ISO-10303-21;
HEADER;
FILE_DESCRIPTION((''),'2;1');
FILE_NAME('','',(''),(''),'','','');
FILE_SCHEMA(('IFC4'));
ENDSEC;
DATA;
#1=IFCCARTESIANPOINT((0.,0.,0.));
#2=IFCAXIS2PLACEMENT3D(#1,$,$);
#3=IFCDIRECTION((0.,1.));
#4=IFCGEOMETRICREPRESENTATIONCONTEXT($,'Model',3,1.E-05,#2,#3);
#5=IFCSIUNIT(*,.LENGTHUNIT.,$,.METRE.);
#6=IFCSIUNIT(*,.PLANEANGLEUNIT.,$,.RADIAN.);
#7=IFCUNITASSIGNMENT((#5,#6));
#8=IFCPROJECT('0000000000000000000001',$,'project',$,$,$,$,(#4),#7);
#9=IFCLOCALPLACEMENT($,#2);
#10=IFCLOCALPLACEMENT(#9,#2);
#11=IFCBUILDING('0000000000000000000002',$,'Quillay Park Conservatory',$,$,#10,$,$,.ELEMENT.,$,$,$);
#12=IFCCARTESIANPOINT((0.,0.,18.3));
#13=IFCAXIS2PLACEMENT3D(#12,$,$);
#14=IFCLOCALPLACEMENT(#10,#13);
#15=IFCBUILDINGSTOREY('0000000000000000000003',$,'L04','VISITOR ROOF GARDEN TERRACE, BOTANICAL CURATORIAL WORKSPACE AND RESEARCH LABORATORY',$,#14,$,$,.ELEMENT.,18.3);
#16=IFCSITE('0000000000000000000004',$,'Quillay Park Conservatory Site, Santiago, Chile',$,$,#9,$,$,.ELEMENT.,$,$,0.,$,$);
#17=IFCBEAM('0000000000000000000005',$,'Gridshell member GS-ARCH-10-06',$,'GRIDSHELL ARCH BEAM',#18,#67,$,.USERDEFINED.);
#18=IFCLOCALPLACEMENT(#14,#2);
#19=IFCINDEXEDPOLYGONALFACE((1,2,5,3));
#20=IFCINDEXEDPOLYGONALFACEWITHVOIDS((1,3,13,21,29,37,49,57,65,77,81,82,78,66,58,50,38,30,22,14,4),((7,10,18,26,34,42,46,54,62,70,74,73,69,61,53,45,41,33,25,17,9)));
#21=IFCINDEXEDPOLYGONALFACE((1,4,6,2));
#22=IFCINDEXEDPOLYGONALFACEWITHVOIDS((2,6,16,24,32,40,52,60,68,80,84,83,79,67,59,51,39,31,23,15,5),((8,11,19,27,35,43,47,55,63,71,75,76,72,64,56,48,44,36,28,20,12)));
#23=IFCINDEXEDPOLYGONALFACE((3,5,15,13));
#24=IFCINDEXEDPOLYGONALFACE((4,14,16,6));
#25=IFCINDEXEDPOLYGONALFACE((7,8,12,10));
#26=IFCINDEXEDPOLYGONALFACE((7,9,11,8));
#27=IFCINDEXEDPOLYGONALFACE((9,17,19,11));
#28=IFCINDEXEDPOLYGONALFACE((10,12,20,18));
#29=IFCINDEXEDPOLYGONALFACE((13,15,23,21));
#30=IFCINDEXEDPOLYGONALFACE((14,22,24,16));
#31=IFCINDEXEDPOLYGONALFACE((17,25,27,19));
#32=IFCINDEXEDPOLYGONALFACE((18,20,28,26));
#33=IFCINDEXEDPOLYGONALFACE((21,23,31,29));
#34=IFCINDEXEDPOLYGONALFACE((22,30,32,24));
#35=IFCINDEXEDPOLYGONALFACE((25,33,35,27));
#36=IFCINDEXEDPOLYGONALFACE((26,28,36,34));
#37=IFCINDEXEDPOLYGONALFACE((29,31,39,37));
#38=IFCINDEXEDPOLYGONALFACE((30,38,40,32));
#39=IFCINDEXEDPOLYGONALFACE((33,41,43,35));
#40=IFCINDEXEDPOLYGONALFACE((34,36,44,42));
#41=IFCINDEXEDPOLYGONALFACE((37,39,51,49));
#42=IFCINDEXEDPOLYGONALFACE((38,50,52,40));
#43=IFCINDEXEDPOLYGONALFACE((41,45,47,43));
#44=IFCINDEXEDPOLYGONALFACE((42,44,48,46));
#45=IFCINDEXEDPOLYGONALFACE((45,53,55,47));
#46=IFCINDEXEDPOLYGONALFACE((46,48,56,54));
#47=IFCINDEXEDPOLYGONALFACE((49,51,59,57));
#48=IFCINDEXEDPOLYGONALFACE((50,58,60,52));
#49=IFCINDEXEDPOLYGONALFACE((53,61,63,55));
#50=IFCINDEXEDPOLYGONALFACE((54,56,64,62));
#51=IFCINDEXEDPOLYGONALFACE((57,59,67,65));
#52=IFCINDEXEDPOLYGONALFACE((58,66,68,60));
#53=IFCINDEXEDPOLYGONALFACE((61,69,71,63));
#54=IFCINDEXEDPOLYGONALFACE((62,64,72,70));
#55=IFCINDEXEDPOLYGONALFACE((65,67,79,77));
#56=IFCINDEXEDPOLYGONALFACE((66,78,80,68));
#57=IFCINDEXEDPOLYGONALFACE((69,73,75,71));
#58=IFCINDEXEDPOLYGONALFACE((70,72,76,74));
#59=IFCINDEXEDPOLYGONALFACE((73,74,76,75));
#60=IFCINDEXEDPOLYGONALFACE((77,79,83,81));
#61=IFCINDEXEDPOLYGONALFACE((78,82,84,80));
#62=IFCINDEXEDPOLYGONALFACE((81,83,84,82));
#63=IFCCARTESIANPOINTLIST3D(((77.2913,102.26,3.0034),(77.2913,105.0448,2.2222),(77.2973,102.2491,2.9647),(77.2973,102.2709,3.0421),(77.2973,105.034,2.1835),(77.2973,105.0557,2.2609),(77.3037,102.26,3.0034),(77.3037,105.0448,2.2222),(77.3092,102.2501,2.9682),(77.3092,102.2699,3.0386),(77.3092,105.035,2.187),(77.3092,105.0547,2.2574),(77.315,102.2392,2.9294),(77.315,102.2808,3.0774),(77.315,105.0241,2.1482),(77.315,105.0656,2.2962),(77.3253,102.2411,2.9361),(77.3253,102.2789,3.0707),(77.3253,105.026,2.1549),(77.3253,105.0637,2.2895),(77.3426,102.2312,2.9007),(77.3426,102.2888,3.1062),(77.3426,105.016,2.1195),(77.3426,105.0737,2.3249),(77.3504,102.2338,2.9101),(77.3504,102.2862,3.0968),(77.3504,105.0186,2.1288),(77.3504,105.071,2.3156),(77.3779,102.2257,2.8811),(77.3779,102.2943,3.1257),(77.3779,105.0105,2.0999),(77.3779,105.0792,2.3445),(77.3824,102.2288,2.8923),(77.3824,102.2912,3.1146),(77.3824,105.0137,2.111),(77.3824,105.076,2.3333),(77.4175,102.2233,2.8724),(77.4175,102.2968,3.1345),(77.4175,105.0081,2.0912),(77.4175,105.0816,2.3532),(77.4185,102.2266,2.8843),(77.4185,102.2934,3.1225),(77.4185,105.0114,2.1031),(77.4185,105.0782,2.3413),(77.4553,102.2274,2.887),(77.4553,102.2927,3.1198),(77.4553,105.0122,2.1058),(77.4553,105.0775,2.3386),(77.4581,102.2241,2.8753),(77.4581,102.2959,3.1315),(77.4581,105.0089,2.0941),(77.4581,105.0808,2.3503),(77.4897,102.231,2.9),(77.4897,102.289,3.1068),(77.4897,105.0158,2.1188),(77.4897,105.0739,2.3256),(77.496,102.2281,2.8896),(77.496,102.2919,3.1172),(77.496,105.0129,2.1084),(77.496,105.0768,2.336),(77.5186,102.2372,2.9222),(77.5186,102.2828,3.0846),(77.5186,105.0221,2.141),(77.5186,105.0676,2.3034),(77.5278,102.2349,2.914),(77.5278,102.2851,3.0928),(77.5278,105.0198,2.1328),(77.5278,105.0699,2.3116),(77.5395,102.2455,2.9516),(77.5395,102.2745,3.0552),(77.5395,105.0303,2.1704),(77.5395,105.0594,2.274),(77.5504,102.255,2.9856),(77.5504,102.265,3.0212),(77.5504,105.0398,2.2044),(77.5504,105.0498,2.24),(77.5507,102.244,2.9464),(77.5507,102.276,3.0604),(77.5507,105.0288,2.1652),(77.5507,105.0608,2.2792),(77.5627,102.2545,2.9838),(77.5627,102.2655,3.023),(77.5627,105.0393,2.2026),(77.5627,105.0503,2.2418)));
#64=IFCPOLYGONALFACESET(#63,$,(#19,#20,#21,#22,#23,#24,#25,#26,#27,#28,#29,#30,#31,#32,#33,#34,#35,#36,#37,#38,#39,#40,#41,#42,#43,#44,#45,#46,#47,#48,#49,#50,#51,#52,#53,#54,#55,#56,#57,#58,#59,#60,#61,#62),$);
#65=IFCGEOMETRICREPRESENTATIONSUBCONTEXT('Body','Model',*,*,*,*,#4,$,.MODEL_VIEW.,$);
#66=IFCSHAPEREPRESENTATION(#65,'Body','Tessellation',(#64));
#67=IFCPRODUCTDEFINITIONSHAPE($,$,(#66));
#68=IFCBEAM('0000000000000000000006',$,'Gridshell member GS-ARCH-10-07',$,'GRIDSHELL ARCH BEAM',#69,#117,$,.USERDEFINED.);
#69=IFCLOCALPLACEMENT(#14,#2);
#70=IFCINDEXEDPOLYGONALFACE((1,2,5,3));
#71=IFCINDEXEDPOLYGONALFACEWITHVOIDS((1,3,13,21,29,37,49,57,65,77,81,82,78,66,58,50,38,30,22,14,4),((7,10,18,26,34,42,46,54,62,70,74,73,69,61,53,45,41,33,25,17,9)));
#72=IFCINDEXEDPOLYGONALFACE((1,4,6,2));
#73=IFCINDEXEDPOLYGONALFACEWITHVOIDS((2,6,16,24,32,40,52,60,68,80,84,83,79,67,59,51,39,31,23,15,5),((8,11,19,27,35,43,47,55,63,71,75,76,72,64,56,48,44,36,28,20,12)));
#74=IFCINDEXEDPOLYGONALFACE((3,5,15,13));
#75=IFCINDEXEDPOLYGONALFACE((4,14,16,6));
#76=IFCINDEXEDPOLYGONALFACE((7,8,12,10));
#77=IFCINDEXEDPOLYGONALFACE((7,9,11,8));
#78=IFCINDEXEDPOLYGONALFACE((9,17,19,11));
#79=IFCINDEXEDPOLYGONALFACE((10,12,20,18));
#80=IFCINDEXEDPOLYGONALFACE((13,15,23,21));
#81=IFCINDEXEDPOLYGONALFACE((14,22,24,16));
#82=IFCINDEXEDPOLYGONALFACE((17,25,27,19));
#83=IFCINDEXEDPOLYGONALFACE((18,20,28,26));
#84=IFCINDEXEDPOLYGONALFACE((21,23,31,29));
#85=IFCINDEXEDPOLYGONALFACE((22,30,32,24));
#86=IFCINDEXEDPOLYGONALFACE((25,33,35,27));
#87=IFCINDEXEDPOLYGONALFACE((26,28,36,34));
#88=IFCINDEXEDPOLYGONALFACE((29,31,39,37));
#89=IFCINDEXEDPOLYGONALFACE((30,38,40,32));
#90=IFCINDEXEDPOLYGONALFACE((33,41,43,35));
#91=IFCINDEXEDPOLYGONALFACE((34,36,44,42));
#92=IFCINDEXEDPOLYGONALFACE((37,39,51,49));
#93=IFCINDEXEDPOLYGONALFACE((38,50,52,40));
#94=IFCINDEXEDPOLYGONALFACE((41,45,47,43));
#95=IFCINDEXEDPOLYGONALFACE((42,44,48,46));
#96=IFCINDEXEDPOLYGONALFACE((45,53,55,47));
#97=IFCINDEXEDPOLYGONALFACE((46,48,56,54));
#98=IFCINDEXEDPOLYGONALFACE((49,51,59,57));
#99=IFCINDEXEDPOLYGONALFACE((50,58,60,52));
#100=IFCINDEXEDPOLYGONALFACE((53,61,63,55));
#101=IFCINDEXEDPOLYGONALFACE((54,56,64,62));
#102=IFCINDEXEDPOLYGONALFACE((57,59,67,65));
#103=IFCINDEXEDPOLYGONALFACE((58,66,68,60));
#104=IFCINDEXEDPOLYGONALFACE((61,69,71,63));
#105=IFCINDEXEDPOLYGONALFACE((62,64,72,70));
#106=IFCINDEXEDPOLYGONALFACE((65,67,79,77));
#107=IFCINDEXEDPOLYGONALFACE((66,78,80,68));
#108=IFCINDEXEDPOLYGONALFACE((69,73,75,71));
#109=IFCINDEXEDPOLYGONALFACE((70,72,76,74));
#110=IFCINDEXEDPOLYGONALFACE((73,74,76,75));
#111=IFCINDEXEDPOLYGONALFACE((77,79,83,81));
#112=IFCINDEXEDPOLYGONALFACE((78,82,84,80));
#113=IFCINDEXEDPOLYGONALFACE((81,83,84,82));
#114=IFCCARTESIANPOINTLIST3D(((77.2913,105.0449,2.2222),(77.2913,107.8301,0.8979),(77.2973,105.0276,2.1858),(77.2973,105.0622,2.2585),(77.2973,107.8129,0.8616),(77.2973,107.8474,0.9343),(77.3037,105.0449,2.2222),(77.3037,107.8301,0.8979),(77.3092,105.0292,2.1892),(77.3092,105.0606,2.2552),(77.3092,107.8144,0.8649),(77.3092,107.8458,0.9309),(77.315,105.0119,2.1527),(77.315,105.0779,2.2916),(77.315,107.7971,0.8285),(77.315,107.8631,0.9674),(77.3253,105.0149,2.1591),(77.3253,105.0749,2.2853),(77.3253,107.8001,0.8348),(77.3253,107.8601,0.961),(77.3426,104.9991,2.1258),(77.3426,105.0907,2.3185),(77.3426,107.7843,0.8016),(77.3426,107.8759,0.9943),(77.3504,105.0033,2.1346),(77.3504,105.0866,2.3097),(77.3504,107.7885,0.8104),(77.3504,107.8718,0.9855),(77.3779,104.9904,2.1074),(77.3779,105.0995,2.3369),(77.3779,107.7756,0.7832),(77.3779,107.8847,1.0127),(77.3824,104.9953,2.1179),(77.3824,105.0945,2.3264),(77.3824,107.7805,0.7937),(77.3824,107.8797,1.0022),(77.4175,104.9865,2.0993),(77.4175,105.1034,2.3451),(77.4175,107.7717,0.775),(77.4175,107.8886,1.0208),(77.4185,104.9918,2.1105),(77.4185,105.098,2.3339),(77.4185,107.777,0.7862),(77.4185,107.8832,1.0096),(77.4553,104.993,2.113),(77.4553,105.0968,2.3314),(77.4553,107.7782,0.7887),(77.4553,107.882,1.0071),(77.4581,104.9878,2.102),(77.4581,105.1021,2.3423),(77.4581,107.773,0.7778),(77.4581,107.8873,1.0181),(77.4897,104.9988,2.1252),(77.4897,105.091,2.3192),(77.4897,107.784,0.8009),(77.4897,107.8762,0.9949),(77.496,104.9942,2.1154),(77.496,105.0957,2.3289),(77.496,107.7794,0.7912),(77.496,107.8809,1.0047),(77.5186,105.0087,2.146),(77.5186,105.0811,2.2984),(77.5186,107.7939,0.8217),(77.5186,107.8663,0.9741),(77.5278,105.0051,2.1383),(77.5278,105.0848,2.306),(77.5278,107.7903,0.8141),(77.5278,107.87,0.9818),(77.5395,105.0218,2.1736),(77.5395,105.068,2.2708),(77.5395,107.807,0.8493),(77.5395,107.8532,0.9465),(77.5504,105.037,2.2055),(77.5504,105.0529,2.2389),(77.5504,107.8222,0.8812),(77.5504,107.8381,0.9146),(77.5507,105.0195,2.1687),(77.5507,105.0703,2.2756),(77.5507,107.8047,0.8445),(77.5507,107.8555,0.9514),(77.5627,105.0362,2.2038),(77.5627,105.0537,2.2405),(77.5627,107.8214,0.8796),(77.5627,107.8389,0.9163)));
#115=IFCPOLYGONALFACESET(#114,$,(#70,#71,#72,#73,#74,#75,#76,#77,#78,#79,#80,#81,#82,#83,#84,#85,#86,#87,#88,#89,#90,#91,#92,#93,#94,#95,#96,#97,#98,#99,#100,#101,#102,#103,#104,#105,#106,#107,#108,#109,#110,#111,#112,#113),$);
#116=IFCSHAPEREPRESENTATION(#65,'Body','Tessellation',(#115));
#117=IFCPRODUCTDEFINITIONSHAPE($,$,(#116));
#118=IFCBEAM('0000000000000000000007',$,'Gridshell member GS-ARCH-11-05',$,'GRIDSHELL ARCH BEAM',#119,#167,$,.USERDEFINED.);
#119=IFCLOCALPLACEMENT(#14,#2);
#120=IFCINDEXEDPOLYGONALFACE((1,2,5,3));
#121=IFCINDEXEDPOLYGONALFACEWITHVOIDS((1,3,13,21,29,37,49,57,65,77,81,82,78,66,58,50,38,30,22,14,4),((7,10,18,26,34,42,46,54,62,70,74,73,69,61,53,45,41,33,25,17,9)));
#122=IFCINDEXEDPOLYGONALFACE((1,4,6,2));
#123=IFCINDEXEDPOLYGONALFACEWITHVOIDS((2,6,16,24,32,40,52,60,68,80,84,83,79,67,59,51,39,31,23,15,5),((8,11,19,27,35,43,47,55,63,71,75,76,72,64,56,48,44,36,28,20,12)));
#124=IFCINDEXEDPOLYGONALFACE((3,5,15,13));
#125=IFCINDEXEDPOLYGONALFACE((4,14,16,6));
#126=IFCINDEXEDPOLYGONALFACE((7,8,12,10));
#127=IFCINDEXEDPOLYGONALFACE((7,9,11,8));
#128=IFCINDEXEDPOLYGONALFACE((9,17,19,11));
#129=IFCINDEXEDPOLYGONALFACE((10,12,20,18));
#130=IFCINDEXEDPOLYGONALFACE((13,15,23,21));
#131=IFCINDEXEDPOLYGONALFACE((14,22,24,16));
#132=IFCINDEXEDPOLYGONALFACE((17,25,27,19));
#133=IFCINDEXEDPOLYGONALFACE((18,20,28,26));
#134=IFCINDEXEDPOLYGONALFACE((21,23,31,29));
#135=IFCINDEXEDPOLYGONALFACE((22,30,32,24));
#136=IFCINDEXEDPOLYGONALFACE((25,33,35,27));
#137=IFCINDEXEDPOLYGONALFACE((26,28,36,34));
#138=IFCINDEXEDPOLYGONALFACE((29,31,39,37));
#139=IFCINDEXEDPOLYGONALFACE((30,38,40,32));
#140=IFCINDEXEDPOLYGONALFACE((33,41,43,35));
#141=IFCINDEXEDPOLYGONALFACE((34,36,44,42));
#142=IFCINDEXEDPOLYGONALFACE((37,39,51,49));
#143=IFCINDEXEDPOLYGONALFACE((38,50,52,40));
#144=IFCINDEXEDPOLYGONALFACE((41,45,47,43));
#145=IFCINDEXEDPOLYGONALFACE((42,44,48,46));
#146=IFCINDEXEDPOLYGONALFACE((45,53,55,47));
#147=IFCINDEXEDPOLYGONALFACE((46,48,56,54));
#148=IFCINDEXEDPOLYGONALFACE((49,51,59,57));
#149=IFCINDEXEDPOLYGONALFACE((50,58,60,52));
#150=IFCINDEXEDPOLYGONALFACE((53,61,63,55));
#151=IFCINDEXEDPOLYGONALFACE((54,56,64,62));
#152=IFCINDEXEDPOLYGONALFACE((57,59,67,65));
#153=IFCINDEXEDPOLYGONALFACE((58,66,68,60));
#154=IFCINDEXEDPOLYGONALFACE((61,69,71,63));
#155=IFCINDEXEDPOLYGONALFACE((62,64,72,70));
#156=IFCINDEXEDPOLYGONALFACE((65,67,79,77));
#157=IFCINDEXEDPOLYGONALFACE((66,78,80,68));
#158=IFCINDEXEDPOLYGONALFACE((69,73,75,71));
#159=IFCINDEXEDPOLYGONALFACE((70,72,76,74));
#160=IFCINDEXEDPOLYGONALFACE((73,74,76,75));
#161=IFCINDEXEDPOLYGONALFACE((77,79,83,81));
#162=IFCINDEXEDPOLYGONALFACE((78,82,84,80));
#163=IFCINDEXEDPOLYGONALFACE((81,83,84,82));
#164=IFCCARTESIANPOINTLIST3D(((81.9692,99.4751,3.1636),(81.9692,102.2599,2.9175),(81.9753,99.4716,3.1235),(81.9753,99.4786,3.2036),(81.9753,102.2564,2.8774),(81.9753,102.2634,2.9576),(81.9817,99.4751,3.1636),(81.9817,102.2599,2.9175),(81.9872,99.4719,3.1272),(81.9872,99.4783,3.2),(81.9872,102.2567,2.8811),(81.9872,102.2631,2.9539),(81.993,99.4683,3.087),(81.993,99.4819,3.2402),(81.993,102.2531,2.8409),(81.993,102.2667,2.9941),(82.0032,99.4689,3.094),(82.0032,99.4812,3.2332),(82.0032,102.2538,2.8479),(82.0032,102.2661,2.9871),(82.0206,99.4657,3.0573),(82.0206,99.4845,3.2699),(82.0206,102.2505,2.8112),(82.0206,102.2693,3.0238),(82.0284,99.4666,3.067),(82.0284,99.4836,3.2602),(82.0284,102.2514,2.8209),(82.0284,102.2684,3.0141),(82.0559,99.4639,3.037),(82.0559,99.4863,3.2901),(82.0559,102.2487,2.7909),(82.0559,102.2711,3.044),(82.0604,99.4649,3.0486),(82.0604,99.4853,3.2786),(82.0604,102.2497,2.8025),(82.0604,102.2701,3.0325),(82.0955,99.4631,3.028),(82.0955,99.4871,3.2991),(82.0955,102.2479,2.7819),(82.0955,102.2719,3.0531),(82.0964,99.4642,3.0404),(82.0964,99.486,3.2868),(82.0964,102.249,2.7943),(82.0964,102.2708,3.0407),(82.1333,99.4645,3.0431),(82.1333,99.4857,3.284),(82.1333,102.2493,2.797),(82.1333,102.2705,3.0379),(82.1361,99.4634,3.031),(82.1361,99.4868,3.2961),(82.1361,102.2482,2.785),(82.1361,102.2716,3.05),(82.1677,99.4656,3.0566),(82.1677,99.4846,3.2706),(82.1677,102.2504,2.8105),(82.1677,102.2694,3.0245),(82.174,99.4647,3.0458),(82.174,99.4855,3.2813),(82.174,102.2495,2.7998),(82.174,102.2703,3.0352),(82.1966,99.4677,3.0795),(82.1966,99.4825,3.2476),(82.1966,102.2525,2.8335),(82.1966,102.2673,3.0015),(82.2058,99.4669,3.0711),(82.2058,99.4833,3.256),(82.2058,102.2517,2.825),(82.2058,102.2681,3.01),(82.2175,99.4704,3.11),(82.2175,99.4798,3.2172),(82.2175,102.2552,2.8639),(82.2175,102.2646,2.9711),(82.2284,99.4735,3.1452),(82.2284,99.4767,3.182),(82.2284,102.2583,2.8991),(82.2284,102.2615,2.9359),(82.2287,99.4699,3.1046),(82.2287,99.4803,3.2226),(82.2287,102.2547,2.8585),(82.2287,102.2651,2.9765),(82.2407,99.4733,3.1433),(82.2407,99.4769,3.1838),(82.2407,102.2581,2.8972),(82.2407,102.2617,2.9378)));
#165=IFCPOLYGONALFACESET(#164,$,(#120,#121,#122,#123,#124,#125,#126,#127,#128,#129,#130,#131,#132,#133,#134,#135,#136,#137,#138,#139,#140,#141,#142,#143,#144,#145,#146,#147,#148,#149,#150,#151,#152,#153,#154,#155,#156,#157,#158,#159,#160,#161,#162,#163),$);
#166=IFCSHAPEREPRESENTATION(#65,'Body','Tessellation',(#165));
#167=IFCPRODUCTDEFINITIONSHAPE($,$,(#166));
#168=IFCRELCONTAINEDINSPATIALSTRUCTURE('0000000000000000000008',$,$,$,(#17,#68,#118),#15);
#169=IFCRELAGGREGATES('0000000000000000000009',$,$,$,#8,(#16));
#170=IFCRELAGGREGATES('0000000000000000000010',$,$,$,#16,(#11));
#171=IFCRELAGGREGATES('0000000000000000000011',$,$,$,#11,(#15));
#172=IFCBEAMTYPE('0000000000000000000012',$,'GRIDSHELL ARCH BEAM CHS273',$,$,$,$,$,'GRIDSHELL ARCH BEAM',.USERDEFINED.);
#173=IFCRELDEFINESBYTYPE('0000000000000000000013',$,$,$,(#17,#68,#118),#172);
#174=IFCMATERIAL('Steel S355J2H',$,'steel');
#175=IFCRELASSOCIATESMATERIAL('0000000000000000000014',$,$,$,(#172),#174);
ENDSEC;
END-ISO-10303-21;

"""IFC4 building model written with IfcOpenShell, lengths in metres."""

from ifc_helpers import new_model, si_unit, direction, frame, origin, origin_2d, place, context, subcontext, project, spatial, hollow_circle, extrude, material, material_profile, profile_set, type_object, element, save


model = new_model("IFC4")

# Units and contexts
model_context = context("Model", 3, precision=1e-05, world=origin(), true_north=direction((0.0, 1.0)))
body_context = subcontext(model_context, "Body", "Model", "MODEL_VIEW")
ifc_project = project(units=[si_unit("LENGTHUNIT", "METRE"), si_unit("PLANEANGLEUNIT", "RADIAN")], contexts=[model_context])

# Site, building, storey
site_placement = place(None, origin())
site = spatial("IfcSite", under=ifc_project, at=site_placement, Name="Quillay Park Conservatory Site, Santiago, Chile", CompositionType="ELEMENT", RefElevation=0.0)
building_placement = place(site_placement, origin())
building = spatial("IfcBuilding", under=site, at=building_placement, Name="Quillay Park Conservatory", CompositionType="ELEMENT")
storey_placement = place(building_placement, frame((0.0, 0.0, 18.3)))
storey = spatial("IfcBuildingStorey", under=building, at=storey_placement, Name="L04", Description="VISITOR ROOF GARDEN TERRACE, BOTANICAL CURATORIAL WORKSPACE AND RESEARCH LABORATORY", CompositionType="ELEMENT", Elevation=18.3)

# Beams
ifc_material_1 = material(Name="Steel S355J2H", Category="steel")
ifc_material_profile_1 = material_profile(ifc_material_1, hollow_circle(Radius=0.1365, WallThickness=0.0125, at=origin_2d()), Name="CHS273x12.5")
ifc_profile_set_1 = profile_set([ifc_material_profile_1], Name="Steel S355J2H")
beam_type = type_object("IfcBeamType", Name="GRIDSHELL ARCH BEAM CHS273", ElementType="GRIDSHELL ARCH BEAM", PredefinedType="USERDEFINED", material=ifc_profile_set_1)
beam_1_placement = place(storey_placement, frame((77.4277, 102.26, 3.0034), z_axis=(0.0, 0.962832, -0.270103), x_axis=(-1.0, 0.0, 0.0)))
element("IfcBeam", 1, at=beam_1_placement, inside=storey, type_object=beam_type, Name="Gridshell member GS-ARCH-10-06", ObjectType="GRIDSHELL ARCH BEAM", PredefinedType="USERDEFINED", context=body_context, shape_type="SweptSolid", body=[
    extrude(hollow_circle(Radius=0.1365, WallThickness=0.0125, at=origin_2d()), origin(), (0.0, 0.0, 1.0), 2.8923),
])
beam_2_placement = place(storey_placement, frame((77.4277, 105.0449, 2.2222), z_axis=(0.0, 0.903118, -0.429393), x_axis=(-1.0, 0.0, 0.0)))
element("IfcBeam", 2, at=beam_2_placement, inside=storey, type_object=beam_type, Name="Gridshell member GS-ARCH-10-07", ObjectType="GRIDSHELL ARCH BEAM", PredefinedType="USERDEFINED", context=body_context, shape_type="SweptSolid", body=[
    extrude(hollow_circle(Radius=0.1365, WallThickness=0.0125, at=origin_2d()), origin(), (0.0, 0.0, 1.0), 3.084),
])
beam_3_placement = place(storey_placement, frame((82.1057, 99.4751, 3.1636), z_axis=(0.0, 0.996118, -0.088024), x_axis=(-1.0, 0.0, 0.0)))
element("IfcBeam", 3, at=beam_3_placement, inside=storey, type_object=beam_type, Name="Gridshell member GS-ARCH-11-05", ObjectType="GRIDSHELL ARCH BEAM", PredefinedType="USERDEFINED", context=body_context, shape_type="SweptSolid", body=[
    extrude(hollow_circle(Radius=0.1365, WallThickness=0.0125, at=origin_2d()), origin(), (0.0, 0.0, 1.0), 2.7957),
])

save(model, "model.ifc")
